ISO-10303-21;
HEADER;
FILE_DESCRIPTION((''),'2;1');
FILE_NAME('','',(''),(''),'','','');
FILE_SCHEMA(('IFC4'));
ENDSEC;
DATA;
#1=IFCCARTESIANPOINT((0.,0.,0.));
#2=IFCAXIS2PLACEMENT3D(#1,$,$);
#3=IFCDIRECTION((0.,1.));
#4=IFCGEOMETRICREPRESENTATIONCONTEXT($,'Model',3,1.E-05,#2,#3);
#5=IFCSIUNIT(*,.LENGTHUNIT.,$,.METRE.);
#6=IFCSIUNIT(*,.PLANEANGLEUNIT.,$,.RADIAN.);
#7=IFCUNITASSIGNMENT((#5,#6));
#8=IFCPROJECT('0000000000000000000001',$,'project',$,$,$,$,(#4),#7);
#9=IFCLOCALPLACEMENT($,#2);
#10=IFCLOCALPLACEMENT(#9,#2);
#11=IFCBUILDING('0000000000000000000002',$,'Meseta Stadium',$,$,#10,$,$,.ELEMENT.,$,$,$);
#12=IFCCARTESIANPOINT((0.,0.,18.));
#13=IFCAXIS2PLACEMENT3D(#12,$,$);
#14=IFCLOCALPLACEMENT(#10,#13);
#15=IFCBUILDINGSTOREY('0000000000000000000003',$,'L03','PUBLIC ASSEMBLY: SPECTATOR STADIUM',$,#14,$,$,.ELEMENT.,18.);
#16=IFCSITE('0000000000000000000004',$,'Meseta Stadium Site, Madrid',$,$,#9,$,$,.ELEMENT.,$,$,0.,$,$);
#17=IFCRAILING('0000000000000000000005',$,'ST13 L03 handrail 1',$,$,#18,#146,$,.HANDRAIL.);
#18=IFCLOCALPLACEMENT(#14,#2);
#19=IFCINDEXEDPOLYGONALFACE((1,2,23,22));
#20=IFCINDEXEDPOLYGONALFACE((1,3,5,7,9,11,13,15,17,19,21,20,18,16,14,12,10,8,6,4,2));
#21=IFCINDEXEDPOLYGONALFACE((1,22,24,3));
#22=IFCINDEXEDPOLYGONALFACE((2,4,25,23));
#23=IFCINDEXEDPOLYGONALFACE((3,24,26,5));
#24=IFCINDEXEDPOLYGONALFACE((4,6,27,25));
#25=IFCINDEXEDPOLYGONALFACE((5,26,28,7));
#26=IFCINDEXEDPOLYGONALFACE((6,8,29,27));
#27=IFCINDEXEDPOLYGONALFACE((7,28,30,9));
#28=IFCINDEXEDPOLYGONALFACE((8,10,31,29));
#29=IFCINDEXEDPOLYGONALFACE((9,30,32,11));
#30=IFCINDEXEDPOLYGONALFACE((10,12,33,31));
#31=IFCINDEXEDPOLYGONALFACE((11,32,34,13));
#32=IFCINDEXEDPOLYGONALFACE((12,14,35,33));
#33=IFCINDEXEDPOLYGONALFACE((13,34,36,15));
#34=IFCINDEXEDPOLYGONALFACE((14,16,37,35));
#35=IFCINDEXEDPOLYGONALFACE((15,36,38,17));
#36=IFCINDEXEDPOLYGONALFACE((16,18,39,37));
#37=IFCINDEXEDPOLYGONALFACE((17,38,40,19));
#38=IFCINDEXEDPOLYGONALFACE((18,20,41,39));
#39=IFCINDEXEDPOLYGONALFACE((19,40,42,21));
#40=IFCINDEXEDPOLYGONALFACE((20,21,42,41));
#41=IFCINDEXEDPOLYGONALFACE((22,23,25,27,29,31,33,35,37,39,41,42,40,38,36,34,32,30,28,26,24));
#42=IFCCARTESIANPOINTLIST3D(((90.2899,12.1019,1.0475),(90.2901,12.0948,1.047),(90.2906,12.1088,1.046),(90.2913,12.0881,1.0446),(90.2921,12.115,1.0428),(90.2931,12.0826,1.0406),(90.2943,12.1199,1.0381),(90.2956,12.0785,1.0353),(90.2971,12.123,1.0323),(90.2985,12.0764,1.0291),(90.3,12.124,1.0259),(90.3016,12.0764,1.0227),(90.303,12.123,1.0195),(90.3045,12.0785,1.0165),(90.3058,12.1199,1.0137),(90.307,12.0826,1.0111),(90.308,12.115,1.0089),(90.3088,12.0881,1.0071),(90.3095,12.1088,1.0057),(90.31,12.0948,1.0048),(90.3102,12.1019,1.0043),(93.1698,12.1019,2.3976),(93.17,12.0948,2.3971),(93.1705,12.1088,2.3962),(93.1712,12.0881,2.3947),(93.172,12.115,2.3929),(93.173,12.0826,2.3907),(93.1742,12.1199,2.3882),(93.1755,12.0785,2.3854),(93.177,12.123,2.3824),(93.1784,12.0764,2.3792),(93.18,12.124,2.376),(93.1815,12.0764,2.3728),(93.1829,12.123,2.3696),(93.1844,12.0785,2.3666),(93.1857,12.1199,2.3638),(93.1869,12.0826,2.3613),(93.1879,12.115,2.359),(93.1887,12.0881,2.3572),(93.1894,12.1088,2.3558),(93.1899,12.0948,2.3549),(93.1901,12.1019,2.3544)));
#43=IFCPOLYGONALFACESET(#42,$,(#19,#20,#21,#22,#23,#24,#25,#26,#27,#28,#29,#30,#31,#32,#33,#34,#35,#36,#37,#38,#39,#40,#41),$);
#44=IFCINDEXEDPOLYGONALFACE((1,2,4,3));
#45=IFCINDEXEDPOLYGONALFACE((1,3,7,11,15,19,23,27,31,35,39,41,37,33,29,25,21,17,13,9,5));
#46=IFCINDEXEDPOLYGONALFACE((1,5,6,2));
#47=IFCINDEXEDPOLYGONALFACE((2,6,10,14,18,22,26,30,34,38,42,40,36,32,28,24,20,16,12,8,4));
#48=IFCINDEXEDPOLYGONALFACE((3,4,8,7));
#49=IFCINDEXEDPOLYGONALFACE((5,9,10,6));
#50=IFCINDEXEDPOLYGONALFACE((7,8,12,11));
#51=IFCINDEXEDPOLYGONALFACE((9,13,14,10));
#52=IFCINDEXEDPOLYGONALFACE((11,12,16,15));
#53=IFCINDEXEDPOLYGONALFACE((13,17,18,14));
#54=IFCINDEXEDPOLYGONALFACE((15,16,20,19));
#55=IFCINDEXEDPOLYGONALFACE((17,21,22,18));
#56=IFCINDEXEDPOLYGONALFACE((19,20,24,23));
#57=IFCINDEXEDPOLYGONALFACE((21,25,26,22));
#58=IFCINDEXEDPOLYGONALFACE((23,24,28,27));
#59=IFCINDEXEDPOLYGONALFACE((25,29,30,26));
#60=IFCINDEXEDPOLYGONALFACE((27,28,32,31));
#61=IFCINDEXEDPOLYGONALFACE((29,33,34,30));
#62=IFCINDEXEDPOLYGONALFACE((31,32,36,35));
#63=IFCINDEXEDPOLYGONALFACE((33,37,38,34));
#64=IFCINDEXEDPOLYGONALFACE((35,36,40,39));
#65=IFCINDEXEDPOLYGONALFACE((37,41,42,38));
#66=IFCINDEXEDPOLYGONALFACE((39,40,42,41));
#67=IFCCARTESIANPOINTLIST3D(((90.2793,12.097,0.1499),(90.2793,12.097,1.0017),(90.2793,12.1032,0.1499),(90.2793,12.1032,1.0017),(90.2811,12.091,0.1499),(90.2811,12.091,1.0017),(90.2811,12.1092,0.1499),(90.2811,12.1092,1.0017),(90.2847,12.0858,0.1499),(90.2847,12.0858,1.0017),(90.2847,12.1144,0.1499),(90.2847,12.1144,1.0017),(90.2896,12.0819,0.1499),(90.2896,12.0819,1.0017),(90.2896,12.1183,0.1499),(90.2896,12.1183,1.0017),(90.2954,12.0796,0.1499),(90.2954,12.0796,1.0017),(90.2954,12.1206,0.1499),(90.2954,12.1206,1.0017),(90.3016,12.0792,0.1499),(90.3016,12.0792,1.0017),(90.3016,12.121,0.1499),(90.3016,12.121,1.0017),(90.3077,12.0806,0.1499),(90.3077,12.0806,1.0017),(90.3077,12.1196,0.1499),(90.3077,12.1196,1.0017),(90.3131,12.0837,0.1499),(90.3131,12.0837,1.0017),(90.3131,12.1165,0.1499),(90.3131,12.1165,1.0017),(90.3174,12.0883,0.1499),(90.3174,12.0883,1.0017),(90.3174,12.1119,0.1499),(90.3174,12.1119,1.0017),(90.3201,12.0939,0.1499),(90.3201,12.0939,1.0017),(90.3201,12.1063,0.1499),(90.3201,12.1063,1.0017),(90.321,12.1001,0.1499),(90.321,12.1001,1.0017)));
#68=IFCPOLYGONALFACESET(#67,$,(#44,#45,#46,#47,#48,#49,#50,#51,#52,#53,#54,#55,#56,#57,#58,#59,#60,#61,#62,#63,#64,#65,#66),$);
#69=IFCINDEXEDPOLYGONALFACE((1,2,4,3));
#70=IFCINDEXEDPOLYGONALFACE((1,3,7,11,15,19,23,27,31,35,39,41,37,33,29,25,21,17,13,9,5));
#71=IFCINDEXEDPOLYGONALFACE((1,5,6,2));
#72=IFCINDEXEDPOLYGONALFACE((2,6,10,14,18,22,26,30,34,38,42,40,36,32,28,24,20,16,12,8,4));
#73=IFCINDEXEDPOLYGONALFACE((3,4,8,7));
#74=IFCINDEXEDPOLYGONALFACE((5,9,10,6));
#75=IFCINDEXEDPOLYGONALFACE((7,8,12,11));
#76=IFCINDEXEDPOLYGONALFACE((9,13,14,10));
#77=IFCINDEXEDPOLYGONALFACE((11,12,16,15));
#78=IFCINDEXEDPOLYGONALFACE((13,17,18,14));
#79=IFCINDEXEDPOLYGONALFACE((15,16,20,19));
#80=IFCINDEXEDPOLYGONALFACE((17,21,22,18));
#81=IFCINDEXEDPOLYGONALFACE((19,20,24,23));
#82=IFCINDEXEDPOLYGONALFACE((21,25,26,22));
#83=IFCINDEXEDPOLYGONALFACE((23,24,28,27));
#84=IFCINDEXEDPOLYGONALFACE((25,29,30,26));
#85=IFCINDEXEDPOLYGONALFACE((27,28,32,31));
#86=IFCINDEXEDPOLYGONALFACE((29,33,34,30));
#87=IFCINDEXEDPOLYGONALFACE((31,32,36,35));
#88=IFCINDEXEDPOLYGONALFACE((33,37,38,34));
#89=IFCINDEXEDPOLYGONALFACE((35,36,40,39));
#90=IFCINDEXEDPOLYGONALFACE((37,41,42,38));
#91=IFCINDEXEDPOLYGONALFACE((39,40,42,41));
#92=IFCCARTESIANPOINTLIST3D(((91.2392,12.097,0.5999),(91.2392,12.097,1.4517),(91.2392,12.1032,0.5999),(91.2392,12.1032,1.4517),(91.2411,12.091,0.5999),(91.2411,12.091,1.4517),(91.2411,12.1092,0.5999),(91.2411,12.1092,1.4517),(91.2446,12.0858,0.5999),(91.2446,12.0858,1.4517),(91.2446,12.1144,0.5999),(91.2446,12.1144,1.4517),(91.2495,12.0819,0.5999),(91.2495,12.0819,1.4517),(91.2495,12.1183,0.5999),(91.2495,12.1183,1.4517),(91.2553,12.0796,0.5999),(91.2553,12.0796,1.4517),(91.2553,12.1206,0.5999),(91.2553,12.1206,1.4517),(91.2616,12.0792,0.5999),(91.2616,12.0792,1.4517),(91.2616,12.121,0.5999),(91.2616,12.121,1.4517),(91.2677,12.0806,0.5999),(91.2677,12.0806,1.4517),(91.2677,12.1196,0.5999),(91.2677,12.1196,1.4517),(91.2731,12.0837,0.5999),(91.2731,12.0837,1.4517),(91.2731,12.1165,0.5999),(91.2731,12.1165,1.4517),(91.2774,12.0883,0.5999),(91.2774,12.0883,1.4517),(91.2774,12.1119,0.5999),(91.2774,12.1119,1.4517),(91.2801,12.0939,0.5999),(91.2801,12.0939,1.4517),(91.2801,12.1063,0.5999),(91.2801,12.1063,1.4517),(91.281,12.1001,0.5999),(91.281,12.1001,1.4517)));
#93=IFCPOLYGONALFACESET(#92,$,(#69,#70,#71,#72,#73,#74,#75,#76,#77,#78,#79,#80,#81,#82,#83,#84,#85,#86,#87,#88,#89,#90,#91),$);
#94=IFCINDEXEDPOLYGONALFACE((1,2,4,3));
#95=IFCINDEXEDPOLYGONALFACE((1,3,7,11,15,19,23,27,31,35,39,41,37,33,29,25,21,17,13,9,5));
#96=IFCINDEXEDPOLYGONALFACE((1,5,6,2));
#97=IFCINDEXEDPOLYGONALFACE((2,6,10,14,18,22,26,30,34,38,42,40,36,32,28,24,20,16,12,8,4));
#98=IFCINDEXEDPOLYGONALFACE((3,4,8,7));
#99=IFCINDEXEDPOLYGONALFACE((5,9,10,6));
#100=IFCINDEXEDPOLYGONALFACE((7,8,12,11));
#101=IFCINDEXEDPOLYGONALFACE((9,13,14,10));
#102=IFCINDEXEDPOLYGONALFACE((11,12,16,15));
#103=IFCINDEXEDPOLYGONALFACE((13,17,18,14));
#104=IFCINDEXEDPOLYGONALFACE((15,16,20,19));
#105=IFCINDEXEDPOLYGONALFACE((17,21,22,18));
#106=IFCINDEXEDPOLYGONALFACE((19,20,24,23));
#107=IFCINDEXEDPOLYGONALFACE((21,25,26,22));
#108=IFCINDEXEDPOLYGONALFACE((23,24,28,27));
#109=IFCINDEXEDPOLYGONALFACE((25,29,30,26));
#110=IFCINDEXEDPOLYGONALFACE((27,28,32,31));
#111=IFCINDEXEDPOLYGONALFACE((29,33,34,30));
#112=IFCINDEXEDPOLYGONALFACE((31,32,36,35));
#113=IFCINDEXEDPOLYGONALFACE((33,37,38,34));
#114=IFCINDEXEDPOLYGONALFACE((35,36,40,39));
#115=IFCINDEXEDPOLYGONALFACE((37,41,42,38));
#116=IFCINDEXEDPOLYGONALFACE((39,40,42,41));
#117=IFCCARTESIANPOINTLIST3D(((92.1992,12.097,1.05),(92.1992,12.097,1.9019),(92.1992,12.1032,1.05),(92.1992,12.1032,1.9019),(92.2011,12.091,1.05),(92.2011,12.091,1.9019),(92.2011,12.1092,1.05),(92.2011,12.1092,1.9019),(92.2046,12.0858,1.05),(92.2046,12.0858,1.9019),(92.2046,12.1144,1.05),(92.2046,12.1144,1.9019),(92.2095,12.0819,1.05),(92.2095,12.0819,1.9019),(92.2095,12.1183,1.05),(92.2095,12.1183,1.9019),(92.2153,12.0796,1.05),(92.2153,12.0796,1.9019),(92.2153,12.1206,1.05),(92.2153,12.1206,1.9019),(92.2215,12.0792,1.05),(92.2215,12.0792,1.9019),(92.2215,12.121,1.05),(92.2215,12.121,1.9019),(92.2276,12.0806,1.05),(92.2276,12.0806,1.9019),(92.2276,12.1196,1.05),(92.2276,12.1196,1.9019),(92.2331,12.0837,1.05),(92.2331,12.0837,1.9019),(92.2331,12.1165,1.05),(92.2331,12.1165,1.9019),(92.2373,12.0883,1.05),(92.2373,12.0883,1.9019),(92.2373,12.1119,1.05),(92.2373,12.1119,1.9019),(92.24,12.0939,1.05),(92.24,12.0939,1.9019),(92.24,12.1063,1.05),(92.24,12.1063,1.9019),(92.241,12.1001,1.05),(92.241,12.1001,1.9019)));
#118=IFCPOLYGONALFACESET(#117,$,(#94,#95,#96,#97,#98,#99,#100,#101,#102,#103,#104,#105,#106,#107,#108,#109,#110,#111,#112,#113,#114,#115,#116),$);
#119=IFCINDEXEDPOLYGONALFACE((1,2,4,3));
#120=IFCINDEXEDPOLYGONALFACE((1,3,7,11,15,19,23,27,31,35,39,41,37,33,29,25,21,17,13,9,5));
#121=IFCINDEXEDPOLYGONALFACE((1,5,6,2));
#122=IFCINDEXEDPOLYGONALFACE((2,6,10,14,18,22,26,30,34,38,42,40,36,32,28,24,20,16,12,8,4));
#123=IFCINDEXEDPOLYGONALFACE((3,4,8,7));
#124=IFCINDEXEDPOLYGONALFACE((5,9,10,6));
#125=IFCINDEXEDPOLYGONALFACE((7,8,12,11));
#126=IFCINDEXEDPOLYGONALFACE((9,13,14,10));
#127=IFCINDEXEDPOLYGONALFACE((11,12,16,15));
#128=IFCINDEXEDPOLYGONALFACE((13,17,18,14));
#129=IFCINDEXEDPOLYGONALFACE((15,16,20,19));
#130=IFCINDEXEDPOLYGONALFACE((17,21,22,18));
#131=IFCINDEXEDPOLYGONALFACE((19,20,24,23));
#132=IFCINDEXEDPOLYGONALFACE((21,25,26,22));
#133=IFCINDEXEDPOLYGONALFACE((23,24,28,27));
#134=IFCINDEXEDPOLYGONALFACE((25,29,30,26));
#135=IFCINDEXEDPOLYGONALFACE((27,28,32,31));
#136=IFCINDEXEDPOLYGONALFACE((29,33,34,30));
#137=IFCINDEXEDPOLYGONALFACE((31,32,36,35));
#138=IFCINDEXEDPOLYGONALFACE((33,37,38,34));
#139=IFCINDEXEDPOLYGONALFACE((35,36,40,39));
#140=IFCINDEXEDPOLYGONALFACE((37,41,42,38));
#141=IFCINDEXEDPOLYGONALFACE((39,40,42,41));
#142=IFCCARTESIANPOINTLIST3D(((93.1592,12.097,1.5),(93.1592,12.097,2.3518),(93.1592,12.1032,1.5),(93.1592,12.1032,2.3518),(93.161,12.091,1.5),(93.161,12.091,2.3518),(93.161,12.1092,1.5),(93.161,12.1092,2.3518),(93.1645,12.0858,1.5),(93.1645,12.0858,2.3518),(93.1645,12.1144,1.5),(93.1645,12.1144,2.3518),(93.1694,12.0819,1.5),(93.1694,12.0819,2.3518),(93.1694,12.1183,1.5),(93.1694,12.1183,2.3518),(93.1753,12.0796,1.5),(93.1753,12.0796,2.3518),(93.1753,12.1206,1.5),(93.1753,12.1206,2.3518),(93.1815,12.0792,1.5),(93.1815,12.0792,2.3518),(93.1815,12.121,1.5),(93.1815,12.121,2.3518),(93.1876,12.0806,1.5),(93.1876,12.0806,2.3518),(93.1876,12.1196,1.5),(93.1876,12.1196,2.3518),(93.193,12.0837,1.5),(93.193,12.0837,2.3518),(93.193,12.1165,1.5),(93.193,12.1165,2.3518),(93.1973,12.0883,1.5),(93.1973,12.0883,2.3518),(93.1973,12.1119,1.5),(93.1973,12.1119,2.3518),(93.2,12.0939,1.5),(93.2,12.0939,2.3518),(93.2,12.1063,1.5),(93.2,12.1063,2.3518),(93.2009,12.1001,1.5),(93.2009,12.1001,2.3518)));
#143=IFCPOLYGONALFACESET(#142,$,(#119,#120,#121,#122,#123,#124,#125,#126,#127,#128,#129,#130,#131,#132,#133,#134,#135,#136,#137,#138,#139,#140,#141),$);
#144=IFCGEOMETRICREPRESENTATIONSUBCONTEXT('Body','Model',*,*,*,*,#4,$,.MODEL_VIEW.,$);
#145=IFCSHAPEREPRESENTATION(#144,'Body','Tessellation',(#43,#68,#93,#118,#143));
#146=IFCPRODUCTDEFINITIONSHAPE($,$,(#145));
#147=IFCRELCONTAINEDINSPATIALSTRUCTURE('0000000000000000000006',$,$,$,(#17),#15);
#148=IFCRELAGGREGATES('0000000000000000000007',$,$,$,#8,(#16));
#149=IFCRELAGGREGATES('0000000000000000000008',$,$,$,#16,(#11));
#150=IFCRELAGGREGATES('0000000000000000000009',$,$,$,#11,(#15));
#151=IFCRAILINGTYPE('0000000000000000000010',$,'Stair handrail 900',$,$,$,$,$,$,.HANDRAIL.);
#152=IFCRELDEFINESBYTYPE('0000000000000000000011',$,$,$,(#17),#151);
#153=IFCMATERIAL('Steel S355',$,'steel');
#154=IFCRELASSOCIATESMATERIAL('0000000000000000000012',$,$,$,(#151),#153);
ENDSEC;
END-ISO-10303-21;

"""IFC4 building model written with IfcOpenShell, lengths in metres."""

from ifc_helpers import new_model, si_unit, direction, frame, origin, origin_2d, place, context, subcontext, project, spatial, circle, extrude, material, type_object, element, save


model = new_model("IFC4")

# Units and contexts
model_context = context("Model", 3, precision=1e-05, world=origin(), true_north=direction((0.0, 1.0)))
body_context = subcontext(model_context, "Body", "Model", "MODEL_VIEW")
ifc_project = project(units=[si_unit("LENGTHUNIT", "METRE"), si_unit("PLANEANGLEUNIT", "RADIAN")], contexts=[model_context])

# Site, building, storey
site_placement = place(None, origin())
site = spatial("IfcSite", under=ifc_project, at=site_placement, Name="Meseta Stadium Site, Madrid", CompositionType="ELEMENT", RefElevation=0.0)
building_placement = place(site_placement, origin())
building = spatial("IfcBuilding", under=site, at=building_placement, Name="Meseta Stadium", CompositionType="ELEMENT")
storey_placement = place(building_placement, frame((0.0, 0.0, 18.0)))
storey = spatial("IfcBuildingStorey", under=building, at=storey_placement, Name="L03", Description="PUBLIC ASSEMBLY: SPECTATOR STADIUM", CompositionType="ELEMENT", Elevation=18.0)

# Railing
ifc_material_1 = material(Name="Steel S355", Category="steel")
railing_type_1 = type_object("IfcRailingType", Name="Stair handrail 900", PredefinedType="HANDRAIL", material=ifc_material_1)
for number, where, name in (
    (1, (90.3, 12.1001, 0.1499), "ST13 L03 handrail 1"),
):
    element("IfcRailing", number, at=place(storey_placement, frame(where)), inside=storey, type_object=railing_type_1, Name=name, PredefinedType="HANDRAIL", context=body_context, shape_type="SweptSolid", body=[
        extrude(circle(Radius=0.0239, at=origin_2d()), frame((0.0, 0.0, 0.876), z_axis=(0.90544, 0.0, 0.424473), x_axis=(0.0, 1.0, 0.0)), (0.0, 0.0, 1.0), 3.1807),
        extrude(circle(Radius=0.021, at=origin_2d()), origin(), (0.0, 0.0, 1.0), 0.8518),
        extrude(circle(Radius=0.021, at=origin_2d()), frame((0.96, 0.0, 0.45)), (0.0, 0.0, 1.0), 0.8518),
        extrude(circle(Radius=0.021, at=origin_2d()), frame((1.9199, 0.0, 0.9001)), (0.0, 0.0, 1.0), 0.8518),
        extrude(circle(Radius=0.021, at=origin_2d()), frame((2.8799, 0.0, 1.3501)), (0.0, 0.0, 1.0), 0.8518),
    ])

save(model, "model.ifc")
